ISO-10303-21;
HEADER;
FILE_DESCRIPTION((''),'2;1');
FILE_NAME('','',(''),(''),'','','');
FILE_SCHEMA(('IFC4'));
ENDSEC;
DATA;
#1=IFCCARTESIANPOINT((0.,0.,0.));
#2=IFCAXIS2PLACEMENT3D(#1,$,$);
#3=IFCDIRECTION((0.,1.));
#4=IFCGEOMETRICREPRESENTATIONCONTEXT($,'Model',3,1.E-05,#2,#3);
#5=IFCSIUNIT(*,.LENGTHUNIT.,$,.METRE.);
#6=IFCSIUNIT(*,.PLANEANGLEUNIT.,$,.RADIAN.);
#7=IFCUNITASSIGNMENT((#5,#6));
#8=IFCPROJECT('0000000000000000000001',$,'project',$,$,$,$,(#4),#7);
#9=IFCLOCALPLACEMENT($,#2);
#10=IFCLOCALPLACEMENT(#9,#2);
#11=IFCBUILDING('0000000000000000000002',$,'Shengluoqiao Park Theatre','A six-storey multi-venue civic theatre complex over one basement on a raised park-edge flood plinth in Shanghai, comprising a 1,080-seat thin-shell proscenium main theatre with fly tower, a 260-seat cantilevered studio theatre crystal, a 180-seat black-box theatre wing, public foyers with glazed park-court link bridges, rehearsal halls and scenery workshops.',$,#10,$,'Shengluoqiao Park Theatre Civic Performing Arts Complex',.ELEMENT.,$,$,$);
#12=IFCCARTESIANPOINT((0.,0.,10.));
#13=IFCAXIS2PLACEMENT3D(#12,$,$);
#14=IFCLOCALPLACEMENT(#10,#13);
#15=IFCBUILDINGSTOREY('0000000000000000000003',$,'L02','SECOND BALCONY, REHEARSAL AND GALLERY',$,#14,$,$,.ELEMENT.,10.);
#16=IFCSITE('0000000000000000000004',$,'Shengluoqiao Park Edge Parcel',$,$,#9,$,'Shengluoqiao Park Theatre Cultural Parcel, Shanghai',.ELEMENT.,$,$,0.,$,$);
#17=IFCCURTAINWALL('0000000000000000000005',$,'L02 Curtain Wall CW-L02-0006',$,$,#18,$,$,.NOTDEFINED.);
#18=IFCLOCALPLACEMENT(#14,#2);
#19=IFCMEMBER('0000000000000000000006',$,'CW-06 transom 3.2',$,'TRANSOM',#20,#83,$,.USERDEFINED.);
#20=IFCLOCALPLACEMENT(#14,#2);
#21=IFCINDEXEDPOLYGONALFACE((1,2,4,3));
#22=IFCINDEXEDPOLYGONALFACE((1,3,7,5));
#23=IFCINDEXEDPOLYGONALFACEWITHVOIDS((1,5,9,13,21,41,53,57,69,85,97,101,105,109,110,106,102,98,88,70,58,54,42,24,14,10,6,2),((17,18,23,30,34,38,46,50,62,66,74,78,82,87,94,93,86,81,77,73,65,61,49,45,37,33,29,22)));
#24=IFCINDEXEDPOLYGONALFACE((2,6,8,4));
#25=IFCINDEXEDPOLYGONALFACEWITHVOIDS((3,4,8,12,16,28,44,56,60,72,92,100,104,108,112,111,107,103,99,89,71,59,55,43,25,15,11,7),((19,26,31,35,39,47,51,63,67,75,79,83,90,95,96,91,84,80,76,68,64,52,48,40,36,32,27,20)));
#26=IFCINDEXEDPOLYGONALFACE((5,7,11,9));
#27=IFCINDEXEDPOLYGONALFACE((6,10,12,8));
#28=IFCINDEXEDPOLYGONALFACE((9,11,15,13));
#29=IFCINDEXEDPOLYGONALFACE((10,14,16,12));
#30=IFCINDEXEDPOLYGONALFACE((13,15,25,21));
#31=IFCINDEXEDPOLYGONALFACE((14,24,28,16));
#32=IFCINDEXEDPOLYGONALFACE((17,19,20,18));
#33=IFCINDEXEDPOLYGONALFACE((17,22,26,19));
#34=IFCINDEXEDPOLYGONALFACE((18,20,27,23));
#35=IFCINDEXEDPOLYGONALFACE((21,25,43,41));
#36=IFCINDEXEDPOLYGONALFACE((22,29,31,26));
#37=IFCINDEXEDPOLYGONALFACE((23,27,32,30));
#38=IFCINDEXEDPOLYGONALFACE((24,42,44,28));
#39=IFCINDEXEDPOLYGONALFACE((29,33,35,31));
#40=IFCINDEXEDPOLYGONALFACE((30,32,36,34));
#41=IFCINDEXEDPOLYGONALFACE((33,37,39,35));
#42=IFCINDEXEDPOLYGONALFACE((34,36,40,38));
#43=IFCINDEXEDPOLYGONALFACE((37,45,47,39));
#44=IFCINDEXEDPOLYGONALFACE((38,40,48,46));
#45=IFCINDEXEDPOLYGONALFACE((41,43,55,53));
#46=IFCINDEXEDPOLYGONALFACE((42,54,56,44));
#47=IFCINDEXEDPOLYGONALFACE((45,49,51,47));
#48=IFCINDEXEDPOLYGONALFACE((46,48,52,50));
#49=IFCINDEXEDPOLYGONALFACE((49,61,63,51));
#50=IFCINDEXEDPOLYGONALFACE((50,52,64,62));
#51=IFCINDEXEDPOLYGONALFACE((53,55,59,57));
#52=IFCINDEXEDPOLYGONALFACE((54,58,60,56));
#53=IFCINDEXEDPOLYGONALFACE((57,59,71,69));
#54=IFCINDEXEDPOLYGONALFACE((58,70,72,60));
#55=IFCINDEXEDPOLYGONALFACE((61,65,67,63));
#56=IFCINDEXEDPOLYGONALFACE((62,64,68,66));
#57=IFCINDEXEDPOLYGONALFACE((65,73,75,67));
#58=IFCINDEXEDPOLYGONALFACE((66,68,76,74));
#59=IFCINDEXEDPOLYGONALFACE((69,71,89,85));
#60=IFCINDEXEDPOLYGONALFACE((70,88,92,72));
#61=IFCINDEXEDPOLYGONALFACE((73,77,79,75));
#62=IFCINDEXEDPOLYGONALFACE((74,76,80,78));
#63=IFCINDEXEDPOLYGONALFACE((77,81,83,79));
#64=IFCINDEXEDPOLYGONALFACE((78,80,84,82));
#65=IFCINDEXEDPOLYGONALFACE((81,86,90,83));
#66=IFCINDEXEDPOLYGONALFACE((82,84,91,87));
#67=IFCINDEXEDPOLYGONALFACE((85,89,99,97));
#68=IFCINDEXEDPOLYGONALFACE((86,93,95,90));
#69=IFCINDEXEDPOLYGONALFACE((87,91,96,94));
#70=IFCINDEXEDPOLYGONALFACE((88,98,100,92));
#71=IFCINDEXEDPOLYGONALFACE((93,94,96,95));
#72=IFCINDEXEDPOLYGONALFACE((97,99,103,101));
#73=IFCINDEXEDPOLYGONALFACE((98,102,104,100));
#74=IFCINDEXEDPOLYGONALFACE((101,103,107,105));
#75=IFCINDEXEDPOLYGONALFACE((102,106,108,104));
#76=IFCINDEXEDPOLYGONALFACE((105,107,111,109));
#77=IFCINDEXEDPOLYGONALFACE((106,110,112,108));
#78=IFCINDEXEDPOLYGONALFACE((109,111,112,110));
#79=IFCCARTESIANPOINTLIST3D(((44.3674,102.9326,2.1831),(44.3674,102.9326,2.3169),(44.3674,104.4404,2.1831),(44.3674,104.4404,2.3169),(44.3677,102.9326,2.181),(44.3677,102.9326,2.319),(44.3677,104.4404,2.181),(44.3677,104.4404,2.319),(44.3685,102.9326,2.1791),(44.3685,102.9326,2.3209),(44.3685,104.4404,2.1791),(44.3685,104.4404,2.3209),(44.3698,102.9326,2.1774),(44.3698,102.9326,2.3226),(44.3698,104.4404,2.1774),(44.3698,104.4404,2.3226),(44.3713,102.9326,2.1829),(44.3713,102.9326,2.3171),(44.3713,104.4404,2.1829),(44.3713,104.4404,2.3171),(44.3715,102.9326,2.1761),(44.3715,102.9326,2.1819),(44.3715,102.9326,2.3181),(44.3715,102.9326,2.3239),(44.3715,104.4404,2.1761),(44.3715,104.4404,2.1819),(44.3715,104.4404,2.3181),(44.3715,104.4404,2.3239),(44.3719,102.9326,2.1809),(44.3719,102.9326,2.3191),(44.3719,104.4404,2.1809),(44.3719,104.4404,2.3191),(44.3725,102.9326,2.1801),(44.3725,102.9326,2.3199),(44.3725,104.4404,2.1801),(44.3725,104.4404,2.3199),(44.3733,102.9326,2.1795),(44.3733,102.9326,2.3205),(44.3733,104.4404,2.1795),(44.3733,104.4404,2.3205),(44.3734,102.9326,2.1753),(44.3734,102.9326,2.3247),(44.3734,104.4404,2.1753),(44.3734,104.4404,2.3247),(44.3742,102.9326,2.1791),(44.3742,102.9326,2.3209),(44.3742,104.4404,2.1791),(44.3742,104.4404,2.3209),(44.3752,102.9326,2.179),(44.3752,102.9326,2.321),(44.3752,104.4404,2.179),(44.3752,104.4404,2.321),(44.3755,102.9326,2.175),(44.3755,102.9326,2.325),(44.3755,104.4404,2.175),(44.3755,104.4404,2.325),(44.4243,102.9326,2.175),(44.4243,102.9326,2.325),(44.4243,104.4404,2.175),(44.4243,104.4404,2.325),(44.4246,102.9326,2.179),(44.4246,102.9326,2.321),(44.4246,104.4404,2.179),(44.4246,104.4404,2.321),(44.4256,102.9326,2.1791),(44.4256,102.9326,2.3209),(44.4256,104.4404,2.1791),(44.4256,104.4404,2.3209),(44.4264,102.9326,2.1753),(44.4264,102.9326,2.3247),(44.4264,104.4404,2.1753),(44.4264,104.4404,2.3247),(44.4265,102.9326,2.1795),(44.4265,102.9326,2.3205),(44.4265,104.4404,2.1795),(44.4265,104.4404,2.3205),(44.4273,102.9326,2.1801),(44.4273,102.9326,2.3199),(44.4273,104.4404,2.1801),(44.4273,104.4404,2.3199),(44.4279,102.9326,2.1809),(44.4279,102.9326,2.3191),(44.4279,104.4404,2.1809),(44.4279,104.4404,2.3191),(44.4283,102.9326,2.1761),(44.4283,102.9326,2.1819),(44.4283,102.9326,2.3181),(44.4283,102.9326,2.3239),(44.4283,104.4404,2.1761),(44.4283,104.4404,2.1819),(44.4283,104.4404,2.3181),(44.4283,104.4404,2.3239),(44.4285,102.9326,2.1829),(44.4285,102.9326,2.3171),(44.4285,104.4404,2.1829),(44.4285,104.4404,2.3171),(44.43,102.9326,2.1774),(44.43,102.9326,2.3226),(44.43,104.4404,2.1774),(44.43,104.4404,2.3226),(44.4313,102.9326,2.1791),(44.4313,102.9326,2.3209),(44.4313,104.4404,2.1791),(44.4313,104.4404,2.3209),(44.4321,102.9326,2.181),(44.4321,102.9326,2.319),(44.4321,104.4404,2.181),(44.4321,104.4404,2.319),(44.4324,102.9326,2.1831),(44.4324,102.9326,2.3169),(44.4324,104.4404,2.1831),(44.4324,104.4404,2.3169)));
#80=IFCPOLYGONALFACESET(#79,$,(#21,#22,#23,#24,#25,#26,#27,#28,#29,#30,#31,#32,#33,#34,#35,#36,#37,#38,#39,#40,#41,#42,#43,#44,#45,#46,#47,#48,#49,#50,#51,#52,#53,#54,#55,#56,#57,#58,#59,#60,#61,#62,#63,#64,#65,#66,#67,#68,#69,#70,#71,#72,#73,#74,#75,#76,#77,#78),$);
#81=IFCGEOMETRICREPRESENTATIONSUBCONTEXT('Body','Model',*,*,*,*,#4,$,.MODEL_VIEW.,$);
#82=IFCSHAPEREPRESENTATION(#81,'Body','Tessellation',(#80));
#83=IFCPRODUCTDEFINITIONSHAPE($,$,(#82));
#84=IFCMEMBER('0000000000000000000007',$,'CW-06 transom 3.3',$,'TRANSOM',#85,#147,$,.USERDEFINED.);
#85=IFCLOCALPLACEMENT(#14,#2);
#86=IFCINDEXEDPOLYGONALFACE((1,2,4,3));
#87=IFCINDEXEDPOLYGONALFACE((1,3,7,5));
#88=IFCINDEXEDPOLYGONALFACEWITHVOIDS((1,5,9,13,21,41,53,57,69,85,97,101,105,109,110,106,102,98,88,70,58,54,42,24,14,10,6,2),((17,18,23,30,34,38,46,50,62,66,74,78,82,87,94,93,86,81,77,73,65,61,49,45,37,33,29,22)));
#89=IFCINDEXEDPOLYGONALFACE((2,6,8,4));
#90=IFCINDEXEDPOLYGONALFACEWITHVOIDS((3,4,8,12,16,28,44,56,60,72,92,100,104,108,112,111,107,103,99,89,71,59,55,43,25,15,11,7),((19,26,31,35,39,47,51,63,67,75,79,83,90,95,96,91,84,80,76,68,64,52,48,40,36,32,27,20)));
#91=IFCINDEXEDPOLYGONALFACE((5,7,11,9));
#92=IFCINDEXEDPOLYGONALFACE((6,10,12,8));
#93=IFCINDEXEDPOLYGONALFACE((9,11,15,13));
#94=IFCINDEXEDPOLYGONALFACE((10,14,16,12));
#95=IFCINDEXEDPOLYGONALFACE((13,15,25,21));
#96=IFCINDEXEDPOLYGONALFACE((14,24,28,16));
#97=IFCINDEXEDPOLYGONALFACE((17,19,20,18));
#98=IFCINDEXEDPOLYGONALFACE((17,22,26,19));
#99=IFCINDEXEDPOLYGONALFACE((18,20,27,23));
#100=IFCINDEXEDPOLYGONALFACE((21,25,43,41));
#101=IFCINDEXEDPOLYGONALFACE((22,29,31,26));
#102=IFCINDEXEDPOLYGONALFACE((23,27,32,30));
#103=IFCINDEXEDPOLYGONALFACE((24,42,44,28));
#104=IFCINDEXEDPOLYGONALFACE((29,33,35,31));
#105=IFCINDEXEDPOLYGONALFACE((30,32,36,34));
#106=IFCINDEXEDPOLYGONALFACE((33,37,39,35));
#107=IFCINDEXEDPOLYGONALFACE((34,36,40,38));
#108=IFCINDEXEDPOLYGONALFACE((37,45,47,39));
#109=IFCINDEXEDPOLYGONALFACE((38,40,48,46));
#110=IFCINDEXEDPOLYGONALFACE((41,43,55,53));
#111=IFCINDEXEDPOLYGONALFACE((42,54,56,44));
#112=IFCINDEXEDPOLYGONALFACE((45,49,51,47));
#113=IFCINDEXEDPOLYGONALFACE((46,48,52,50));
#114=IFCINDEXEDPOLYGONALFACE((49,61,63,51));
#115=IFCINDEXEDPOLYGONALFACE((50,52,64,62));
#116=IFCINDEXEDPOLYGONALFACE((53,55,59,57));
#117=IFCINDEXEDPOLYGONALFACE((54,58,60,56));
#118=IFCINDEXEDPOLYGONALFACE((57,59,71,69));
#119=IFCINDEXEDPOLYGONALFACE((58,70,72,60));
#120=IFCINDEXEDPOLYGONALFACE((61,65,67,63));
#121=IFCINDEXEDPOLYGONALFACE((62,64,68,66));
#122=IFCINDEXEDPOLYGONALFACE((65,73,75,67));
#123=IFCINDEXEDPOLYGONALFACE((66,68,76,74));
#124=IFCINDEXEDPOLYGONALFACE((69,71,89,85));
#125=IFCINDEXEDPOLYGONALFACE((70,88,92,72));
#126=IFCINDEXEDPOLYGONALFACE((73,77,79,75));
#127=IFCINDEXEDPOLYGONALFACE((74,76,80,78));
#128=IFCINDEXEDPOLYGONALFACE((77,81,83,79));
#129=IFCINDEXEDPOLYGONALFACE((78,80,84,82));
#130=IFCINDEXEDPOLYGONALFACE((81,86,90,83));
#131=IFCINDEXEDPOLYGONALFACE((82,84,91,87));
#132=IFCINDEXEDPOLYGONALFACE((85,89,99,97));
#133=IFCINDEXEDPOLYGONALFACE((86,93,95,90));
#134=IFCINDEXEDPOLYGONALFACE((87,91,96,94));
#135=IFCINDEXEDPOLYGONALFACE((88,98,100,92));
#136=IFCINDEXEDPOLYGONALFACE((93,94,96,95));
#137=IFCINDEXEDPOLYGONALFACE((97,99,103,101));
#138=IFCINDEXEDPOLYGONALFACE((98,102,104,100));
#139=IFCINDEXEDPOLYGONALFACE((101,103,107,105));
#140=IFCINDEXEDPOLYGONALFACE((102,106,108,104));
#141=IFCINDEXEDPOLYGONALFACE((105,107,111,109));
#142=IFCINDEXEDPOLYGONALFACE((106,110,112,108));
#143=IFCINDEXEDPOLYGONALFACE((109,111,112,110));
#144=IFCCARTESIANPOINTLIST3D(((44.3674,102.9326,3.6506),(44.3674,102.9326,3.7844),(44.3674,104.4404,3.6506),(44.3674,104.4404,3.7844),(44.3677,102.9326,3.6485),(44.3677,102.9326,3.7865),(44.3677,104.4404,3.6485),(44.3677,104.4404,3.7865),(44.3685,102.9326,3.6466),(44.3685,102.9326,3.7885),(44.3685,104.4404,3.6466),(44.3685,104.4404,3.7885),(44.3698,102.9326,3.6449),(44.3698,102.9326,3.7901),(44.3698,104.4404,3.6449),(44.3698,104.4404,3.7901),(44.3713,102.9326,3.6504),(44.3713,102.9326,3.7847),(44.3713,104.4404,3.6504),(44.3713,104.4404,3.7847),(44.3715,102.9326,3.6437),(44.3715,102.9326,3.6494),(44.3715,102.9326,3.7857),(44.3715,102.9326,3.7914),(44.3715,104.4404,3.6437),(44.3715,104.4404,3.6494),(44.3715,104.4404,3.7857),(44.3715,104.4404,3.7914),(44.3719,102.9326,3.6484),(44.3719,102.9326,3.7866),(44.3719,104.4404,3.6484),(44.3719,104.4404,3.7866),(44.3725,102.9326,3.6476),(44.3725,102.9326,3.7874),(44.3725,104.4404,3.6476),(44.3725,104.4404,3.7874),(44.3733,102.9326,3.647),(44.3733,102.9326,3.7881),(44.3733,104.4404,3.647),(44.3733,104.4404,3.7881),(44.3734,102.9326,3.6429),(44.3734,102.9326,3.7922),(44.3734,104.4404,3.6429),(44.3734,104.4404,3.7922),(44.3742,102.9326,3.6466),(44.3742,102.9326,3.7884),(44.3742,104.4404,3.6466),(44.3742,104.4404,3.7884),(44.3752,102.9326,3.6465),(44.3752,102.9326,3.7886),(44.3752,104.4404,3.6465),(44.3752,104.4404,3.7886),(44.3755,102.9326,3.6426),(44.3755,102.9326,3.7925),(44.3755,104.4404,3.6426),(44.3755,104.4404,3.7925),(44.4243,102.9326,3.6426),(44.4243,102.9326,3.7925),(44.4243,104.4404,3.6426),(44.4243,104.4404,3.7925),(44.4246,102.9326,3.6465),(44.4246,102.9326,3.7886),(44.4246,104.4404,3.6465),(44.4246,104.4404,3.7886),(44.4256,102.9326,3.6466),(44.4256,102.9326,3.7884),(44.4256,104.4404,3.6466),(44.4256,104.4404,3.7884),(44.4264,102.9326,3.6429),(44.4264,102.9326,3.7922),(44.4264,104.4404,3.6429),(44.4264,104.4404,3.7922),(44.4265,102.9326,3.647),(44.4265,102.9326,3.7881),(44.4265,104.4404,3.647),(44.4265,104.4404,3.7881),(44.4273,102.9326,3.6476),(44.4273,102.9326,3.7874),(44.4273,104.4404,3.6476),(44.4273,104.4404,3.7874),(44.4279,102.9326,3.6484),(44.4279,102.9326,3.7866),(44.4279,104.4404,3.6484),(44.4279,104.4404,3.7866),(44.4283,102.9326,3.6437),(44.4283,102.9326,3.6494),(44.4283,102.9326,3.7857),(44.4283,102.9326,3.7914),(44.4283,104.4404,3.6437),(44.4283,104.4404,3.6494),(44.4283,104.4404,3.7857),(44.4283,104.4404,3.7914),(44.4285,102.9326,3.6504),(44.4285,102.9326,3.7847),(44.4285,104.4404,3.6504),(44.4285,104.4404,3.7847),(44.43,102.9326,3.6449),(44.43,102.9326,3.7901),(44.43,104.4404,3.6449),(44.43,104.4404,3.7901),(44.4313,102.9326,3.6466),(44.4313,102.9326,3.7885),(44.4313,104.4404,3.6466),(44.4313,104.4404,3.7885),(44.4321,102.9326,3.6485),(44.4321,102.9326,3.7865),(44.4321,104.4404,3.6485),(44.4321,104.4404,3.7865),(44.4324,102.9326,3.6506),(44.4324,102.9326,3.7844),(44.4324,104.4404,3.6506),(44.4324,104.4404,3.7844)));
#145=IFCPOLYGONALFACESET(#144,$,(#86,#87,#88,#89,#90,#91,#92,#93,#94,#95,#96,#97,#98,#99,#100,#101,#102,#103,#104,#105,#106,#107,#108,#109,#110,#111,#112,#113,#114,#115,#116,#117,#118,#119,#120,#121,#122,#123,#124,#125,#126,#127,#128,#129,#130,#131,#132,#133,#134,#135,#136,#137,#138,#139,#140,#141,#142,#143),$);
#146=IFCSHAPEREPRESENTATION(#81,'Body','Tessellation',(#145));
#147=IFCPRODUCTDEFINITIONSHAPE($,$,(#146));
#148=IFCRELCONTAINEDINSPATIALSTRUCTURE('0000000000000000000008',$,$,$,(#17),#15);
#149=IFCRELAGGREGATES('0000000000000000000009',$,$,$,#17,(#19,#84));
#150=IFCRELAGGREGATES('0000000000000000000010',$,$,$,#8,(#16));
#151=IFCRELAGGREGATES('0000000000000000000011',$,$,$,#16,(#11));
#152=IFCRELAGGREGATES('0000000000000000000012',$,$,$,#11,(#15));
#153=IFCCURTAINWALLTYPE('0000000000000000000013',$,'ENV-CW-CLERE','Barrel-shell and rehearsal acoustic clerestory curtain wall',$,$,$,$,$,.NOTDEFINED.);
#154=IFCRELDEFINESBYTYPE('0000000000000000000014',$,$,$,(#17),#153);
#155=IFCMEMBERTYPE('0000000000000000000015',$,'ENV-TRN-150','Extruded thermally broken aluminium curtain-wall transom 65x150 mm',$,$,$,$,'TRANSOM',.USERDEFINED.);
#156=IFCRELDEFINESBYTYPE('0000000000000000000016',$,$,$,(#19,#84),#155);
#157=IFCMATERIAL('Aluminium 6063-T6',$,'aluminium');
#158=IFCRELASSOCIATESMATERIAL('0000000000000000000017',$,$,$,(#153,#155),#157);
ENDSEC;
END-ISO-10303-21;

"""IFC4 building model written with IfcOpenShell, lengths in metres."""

from ifc_helpers import new_model, si_unit, direction, frame, origin, origin_2d, place, context, subcontext, project, spatial, hollow_rectangle, extrude, material, material_profile, profile_set, type_object, element, aggregate, save


model = new_model("IFC4")

# Units and contexts
model_context = context("Model", 3, precision=1e-05, world=origin(), true_north=direction((0.0, 1.0)))
body_context = subcontext(model_context, "Body", "Model", "MODEL_VIEW")
ifc_project = project(units=[si_unit("LENGTHUNIT", "METRE"), si_unit("PLANEANGLEUNIT", "RADIAN")], contexts=[model_context])

# Site, building, storey
site_placement = place(None, origin())
site = spatial("IfcSite", under=ifc_project, at=site_placement, Name="Shengluoqiao Park Edge Parcel", LongName="Shengluoqiao Park Theatre Cultural Parcel, Shanghai", CompositionType="ELEMENT", RefElevation=0.0)
building_placement = place(site_placement, origin())
building = spatial("IfcBuilding", under=site, at=building_placement, Name="Shengluoqiao Park Theatre", Description="A six-storey multi-venue civic theatre complex over one basement on a raised park-edge flood plinth in Shanghai, comprising a 1,080-seat thin-shell proscenium main theatre with fly tower, a 260-seat cantilevered studio theatre crystal, a 180-seat black-box theatre wing, public foyers with glazed park-court link bridges, rehearsal halls and scenery workshops.", LongName="Shengluoqiao Park Theatre Civic Performing Arts Complex", CompositionType="ELEMENT")
storey_placement = place(building_placement, frame((0.0, 0.0, 10.0)))
storey = spatial("IfcBuildingStorey", under=building, at=storey_placement, Name="L02", Description="SECOND BALCONY, REHEARSAL AND GALLERY", CompositionType="ELEMENT", Elevation=10.0)

# Curtain wall, members
ifc_material_1 = material(Name="Aluminium 6063-T6", Category="aluminium")
curtain_wall_type = type_object("IfcCurtainWallType", Name="ENV-CW-CLERE", Description="Barrel-shell and rehearsal acoustic clerestory curtain wall", PredefinedType="NOTDEFINED", material=ifc_material_1)
curtain_wall_placement = place(storey_placement, origin())
curtain_wall = element("IfcCurtainWall", 1, at=curtain_wall_placement, inside=storey, type_object=curtain_wall_type, Name="L02 Curtain Wall CW-L02-0006", PredefinedType="NOTDEFINED")
ifc_material_profile_1 = material_profile(ifc_material_1, hollow_rectangle(XDim=0.0649, YDim=0.1499, WallThickness=0.0039, InnerFilletRadius=0.0039, OuterFilletRadius=0.0081, at=origin_2d()), Name="ALU TRANSOM 150x65x4")
ifc_profile_set_1 = profile_set([ifc_material_profile_1], Name="Aluminium 6063-T6")
member_type_1 = type_object("IfcMemberType", Name="ENV-TRN-150", Description="Extruded thermally broken aluminium curtain-wall transom 65x150 mm", ElementType="TRANSOM", PredefinedType="USERDEFINED", material=ifc_profile_set_1)
member_1_placement = place(storey_placement, frame((44.3999, 102.9326, 2.25), z_axis=(0.0, 1.0, 0.0), x_axis=(-1.0, 0.0, 0.0)))
member_1 = element("IfcMember", 2, at=member_1_placement, type_object=member_type_1, Name="CW-06 transom 3.2", ObjectType="TRANSOM", PredefinedType="USERDEFINED", context=body_context, shape_type="SweptSolid", body=[
    extrude(hollow_rectangle(XDim=0.0649, YDim=0.1499, WallThickness=0.0039, InnerFilletRadius=0.0039, OuterFilletRadius=0.0081, at=origin_2d()), origin(), (0.0, 0.0, 1.0), 1.5078),
])
member_2_placement = place(storey_placement, frame((44.3999, 102.9326, 3.7175), z_axis=(0.0, 1.0, 0.0), x_axis=(-1.0, 0.0, 0.0)))
member_2 = element("IfcMember", 3, at=member_2_placement, type_object=member_type_1, Name="CW-06 transom 3.3", ObjectType="TRANSOM", PredefinedType="USERDEFINED", context=body_context, shape_type="SweptSolid", body=[
    extrude(hollow_rectangle(XDim=0.0649, YDim=0.1499, WallThickness=0.0039, InnerFilletRadius=0.0039, OuterFilletRadius=0.0081, at=origin_2d()), origin(), (0.0, 0.0, 1.0), 1.5078),
])
aggregate(curtain_wall, [member_1, member_2])

save(model, "model.ifc")
